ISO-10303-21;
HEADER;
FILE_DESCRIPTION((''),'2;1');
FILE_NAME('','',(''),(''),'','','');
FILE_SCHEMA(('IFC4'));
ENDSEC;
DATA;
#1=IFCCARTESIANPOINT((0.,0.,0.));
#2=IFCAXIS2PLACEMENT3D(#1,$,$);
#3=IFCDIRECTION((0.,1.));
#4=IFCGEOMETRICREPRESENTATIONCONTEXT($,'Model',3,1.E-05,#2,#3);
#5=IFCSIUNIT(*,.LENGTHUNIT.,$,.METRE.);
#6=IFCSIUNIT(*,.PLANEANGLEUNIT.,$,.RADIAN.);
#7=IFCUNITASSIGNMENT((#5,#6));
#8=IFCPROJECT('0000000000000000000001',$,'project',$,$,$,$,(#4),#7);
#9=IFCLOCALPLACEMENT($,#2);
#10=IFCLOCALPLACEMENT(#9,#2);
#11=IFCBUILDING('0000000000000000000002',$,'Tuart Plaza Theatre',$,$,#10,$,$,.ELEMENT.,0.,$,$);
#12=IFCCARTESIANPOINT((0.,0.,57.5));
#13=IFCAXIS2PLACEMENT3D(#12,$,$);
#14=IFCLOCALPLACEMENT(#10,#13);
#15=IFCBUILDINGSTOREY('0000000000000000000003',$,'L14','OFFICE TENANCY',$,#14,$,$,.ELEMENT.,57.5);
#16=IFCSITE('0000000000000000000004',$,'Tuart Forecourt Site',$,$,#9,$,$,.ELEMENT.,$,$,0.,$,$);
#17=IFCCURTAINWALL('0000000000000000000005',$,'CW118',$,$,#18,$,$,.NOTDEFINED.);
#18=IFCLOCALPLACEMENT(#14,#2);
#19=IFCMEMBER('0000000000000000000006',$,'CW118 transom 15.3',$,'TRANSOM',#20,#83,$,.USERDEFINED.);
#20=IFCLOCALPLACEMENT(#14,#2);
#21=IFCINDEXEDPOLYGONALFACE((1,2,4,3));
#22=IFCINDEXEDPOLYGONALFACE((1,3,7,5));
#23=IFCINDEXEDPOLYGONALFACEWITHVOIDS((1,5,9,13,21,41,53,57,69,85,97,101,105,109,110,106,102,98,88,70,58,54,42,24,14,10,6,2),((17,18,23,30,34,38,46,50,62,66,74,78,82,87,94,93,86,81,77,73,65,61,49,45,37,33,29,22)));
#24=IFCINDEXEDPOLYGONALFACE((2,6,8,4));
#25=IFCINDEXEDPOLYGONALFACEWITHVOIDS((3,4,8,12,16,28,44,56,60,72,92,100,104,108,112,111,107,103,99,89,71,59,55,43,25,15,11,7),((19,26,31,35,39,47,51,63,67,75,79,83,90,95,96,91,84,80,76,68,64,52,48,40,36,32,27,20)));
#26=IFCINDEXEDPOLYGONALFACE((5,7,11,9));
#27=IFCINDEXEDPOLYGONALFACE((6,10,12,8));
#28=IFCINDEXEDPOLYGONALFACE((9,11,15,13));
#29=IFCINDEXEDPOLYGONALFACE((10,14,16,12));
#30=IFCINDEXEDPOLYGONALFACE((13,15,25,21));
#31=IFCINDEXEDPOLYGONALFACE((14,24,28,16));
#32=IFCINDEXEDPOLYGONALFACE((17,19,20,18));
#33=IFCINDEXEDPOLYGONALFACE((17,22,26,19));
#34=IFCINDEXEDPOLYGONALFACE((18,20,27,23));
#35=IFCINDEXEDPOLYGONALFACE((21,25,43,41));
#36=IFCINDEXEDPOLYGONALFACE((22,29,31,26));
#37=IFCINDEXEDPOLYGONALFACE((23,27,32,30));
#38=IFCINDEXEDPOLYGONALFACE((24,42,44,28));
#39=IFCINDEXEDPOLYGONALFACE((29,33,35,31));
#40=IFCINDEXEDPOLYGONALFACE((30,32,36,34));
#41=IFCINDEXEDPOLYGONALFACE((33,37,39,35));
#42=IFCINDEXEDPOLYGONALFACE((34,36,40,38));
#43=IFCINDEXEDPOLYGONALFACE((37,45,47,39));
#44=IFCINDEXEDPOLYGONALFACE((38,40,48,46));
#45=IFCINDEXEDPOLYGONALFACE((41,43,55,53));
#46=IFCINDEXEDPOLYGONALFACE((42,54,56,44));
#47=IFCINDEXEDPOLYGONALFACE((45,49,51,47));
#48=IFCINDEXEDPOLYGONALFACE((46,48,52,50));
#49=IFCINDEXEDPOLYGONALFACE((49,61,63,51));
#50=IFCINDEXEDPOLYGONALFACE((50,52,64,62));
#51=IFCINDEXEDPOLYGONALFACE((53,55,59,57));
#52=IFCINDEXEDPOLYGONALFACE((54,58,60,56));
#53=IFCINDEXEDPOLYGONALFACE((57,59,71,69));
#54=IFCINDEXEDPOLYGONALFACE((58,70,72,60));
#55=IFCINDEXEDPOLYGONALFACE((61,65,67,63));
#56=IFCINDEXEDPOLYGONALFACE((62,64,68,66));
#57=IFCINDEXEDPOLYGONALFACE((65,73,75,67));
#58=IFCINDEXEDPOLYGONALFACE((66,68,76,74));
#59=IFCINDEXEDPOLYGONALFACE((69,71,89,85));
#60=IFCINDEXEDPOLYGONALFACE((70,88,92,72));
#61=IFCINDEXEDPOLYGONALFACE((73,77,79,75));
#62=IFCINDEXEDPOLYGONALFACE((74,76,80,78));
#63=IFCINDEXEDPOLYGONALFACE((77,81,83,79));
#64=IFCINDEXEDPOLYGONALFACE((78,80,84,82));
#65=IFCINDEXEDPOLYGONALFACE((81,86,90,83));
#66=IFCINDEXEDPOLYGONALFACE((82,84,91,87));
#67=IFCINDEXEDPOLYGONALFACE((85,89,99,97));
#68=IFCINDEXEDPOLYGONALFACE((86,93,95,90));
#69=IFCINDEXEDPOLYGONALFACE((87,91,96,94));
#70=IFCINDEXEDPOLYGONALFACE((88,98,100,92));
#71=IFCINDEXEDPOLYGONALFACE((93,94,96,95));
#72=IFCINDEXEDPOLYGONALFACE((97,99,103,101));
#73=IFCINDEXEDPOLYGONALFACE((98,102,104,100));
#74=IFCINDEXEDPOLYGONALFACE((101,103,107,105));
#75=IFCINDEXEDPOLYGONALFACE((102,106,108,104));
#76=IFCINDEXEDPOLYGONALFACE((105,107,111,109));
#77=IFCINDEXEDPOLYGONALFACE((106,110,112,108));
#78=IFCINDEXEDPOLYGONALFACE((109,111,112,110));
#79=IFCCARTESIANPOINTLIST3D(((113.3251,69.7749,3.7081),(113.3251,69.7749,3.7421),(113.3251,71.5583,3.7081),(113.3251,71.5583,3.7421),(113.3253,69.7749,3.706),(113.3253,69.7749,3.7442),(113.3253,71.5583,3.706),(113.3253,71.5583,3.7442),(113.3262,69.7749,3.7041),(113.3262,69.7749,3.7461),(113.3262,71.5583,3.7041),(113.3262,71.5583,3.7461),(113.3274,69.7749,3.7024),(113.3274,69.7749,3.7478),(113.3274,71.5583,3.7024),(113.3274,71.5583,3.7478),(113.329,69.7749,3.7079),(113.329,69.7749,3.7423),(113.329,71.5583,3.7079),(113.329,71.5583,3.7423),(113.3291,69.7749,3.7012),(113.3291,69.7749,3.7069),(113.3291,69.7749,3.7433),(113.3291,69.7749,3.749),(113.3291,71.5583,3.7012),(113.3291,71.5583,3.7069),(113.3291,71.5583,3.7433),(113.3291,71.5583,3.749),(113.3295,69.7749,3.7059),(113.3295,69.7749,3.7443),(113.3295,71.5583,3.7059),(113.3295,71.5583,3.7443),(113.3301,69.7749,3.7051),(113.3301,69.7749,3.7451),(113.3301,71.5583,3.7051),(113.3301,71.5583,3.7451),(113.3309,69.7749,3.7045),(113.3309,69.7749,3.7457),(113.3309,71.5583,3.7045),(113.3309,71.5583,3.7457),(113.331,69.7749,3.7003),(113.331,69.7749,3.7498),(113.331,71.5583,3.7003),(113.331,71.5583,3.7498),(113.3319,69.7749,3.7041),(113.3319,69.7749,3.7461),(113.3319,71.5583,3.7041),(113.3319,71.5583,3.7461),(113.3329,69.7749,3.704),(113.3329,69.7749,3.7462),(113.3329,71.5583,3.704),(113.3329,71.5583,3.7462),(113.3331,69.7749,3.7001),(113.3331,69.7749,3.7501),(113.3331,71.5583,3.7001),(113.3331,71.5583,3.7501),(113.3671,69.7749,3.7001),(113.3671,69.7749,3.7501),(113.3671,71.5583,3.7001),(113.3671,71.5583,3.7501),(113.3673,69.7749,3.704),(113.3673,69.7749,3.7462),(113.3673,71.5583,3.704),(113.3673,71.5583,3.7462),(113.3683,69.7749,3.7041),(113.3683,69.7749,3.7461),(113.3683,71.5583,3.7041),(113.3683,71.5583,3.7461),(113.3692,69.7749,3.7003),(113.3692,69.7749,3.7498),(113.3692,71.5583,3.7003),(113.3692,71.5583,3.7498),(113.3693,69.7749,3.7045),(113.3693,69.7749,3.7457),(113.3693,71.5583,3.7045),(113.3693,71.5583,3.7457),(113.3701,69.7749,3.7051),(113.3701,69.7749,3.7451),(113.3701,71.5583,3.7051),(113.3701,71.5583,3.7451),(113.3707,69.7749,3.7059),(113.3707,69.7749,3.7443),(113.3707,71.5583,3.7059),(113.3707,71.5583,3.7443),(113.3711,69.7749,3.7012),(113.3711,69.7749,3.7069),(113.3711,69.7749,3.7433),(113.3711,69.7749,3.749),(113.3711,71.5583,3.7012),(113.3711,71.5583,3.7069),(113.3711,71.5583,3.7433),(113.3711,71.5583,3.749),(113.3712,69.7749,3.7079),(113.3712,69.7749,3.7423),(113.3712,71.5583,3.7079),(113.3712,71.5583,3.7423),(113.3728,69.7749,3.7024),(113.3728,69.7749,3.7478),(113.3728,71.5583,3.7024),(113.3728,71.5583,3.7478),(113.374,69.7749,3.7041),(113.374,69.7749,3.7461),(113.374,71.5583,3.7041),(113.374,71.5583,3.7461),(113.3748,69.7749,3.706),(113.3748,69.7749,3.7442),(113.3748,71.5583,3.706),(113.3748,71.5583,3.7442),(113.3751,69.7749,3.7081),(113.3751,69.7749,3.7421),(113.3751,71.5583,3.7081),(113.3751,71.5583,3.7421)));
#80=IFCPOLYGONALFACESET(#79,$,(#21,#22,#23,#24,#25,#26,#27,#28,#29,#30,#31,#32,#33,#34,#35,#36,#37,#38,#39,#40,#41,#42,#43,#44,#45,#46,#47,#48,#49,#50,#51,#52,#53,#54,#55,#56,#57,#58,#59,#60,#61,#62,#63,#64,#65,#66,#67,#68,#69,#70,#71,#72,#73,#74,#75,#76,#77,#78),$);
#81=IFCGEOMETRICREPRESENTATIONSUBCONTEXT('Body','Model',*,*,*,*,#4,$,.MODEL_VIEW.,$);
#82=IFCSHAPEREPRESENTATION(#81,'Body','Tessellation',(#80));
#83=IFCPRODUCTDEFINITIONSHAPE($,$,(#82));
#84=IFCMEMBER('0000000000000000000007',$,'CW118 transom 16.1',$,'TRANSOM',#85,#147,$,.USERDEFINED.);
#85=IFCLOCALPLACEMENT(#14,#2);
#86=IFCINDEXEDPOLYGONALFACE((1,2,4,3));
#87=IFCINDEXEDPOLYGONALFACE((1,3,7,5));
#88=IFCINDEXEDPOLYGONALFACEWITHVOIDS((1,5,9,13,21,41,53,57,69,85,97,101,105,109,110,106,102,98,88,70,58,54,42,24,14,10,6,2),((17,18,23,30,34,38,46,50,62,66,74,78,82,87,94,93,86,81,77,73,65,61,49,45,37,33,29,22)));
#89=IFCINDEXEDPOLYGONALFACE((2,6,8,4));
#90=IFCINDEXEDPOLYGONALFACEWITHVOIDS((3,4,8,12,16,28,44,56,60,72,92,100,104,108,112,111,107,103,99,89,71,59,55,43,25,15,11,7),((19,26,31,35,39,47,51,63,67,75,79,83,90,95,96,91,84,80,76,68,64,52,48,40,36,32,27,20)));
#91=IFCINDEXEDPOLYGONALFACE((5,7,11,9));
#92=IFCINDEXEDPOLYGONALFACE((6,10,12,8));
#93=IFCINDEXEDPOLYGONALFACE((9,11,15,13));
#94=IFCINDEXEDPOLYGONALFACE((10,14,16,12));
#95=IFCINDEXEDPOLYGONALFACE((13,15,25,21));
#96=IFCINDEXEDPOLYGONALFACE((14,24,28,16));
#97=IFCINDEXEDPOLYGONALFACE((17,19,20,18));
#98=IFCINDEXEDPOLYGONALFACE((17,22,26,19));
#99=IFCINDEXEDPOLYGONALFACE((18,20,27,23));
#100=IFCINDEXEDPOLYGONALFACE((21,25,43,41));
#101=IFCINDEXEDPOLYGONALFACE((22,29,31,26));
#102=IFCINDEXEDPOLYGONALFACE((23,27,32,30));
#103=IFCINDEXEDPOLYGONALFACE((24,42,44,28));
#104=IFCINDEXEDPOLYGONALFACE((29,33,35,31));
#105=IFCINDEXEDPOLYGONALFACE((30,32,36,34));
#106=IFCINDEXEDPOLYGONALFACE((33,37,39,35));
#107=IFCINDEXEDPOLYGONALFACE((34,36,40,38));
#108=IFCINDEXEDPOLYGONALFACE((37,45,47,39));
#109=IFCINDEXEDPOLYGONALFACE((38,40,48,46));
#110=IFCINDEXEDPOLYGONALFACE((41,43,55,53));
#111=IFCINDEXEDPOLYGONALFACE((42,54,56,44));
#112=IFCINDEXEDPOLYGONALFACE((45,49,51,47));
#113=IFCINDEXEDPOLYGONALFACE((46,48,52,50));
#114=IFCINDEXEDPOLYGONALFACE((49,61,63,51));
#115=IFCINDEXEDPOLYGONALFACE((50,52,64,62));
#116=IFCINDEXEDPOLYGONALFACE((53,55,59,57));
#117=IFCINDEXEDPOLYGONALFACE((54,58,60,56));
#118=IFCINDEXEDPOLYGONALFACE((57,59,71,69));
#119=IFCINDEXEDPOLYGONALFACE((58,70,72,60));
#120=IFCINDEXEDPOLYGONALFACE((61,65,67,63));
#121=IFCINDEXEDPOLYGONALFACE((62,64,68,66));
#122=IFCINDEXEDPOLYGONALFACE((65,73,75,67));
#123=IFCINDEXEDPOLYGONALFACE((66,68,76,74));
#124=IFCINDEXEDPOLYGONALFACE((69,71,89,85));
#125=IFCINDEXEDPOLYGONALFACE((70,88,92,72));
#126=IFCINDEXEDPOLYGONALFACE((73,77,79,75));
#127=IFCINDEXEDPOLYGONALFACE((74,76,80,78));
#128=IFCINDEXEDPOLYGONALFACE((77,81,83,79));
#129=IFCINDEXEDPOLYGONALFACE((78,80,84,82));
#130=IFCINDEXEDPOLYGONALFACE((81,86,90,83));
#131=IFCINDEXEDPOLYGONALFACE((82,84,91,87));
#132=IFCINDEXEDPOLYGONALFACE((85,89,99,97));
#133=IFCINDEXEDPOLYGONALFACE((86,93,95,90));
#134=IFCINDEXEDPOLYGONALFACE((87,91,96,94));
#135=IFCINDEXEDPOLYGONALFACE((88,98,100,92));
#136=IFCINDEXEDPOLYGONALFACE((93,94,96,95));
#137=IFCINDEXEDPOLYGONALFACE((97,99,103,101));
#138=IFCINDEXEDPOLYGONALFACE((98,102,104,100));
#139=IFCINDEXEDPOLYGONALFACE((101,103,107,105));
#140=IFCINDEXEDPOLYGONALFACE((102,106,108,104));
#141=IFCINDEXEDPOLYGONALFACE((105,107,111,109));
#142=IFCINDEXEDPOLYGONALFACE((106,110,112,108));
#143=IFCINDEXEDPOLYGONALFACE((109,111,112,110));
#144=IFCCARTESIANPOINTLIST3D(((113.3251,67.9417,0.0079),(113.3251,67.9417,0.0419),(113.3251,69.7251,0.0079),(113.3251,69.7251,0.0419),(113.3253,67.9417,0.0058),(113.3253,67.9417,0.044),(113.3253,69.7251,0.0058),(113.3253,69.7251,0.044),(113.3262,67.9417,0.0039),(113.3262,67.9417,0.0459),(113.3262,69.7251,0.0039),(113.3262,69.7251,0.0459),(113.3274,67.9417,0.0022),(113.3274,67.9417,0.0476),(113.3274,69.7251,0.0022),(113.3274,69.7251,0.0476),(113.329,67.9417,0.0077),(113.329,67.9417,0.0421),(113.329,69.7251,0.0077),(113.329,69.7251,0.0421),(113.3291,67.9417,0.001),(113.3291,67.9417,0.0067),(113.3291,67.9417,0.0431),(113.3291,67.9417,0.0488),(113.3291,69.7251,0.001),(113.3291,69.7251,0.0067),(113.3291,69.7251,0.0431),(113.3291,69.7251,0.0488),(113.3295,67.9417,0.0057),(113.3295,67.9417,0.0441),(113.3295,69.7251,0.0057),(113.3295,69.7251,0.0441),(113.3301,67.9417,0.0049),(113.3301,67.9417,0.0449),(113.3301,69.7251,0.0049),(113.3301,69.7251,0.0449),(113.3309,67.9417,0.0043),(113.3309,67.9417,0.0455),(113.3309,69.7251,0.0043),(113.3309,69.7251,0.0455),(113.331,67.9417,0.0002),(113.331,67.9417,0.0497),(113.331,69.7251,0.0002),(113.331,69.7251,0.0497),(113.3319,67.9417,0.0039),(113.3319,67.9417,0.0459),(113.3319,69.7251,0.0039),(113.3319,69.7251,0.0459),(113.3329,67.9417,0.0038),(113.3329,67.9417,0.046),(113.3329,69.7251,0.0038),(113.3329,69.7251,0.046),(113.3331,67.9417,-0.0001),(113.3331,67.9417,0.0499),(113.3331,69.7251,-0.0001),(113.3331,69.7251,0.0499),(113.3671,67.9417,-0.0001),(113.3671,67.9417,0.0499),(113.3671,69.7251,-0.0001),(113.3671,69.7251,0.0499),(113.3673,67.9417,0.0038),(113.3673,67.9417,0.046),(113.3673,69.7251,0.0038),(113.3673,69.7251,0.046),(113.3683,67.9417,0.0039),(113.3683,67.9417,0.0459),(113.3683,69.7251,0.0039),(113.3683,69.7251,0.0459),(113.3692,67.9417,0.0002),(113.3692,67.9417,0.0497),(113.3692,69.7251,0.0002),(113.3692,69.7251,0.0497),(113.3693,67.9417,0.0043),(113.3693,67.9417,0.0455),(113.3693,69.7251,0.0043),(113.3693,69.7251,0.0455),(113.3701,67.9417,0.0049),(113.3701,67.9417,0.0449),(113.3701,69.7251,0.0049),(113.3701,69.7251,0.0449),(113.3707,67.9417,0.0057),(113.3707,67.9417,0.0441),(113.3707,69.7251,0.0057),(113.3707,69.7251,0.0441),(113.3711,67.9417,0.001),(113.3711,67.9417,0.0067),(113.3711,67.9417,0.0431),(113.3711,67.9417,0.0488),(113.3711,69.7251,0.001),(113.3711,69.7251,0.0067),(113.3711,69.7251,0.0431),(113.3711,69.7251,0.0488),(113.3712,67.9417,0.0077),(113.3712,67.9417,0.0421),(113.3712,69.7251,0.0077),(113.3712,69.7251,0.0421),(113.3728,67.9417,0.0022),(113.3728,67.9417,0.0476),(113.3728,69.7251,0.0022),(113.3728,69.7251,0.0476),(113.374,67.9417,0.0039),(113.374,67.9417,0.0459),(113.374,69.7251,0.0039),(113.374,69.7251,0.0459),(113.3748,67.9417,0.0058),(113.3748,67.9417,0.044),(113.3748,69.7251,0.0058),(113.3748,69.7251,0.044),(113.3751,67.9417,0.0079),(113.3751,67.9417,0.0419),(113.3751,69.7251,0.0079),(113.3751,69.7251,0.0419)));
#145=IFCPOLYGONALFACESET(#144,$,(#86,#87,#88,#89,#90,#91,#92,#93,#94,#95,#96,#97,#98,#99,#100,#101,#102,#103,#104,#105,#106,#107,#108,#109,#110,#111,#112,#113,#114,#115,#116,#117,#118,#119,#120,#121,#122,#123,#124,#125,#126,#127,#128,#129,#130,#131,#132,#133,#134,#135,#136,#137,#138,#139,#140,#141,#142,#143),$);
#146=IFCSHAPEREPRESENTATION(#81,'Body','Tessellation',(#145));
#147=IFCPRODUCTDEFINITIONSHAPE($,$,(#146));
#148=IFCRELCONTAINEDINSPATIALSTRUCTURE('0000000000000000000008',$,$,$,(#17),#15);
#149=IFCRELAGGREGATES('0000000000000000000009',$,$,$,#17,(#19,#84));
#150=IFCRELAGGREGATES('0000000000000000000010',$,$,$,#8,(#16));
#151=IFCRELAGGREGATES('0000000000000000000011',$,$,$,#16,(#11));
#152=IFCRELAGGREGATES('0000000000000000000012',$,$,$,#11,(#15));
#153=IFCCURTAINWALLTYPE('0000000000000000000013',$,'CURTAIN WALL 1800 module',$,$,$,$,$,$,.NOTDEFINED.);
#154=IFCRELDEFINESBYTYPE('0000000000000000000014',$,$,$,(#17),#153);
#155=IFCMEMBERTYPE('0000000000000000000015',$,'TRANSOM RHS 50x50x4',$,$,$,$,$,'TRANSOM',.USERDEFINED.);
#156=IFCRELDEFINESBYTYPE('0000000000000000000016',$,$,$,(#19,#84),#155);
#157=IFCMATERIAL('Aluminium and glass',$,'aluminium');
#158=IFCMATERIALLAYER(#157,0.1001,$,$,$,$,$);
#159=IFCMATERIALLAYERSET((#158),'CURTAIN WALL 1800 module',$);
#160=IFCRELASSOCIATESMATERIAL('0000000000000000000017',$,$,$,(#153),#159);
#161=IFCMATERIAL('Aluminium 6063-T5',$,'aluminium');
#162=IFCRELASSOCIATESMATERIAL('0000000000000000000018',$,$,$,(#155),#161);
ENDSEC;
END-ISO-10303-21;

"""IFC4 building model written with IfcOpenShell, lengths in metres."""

from ifc_helpers import new_model, si_unit, direction, frame, origin, origin_2d, place, context, subcontext, project, spatial, hollow_rectangle, extrude, material, layer, layer_set, material_profile, profile_set, type_object, element, aggregate, save


model = new_model("IFC4")

# Units and contexts
model_context = context("Model", 3, precision=1e-05, world=origin(), true_north=direction((0.0, 1.0)))
body_context = subcontext(model_context, "Body", "Model", "MODEL_VIEW")
ifc_project = project(units=[si_unit("LENGTHUNIT", "METRE"), si_unit("PLANEANGLEUNIT", "RADIAN")], contexts=[model_context])

# Site, building, storey
site_placement = place(None, origin())
site = spatial("IfcSite", under=ifc_project, at=site_placement, Name="Tuart Forecourt Site", CompositionType="ELEMENT", RefElevation=0.0)
building_placement = place(site_placement, origin())
building = spatial("IfcBuilding", under=site, at=building_placement, Name="Tuart Plaza Theatre", CompositionType="ELEMENT", ElevationOfRefHeight=0.0)
storey_placement = place(building_placement, frame((0.0, 0.0, 57.5)))
storey = spatial("IfcBuildingStorey", under=building, at=storey_placement, Name="L14", Description="OFFICE TENANCY", CompositionType="ELEMENT", Elevation=57.5)

# Curtain wall, members
ifc_material_1 = material(Name="Aluminium and glass", Category="aluminium")
ifc_layer_1 = layer(ifc_material_1, 0.1001)
ifc_layer_set_1 = layer_set([ifc_layer_1], Name="CURTAIN WALL 1800 module")
curtain_wall_type = type_object("IfcCurtainWallType", Name="CURTAIN WALL 1800 module", PredefinedType="NOTDEFINED", material=ifc_layer_set_1)
curtain_wall_placement = place(storey_placement, origin())
curtain_wall = element("IfcCurtainWall", 1, at=curtain_wall_placement, inside=storey, type_object=curtain_wall_type, Name="CW118", PredefinedType="NOTDEFINED")
ifc_material_2 = material(Name="Aluminium 6063-T5", Category="aluminium")
ifc_material_profile = material_profile(ifc_material_2, hollow_rectangle(XDim=0.05, YDim=0.05, WallThickness=0.0039, InnerFilletRadius=0.0039, OuterFilletRadius=0.0081, at=origin_2d()), Name="RHS 50x50x4")
ifc_profile_set = profile_set([ifc_material_profile], Name="Aluminium 6063-T5")
member_type = type_object("IfcMemberType", Name="TRANSOM RHS 50x50x4", ElementType="TRANSOM", PredefinedType="USERDEFINED", material=ifc_profile_set)
member_1_placement = place(storey_placement, frame((113.3501, 71.5583, 3.7251), z_axis=(0.0, -1.0, 0.0), x_axis=(1.0, 0.0, 0.0)))
member_1 = element("IfcMember", 2, at=member_1_placement, type_object=member_type, Name="CW118 transom 15.3", ObjectType="TRANSOM", PredefinedType="USERDEFINED", context=body_context, shape_type="SweptSolid", body=[
    extrude(hollow_rectangle(XDim=0.05, YDim=0.05, WallThickness=0.0039, InnerFilletRadius=0.0039, OuterFilletRadius=0.0081, at=origin_2d()), origin(), (0.0, 0.0, 1.0), 1.7834),
])
member_2_placement = place(storey_placement, frame((113.3501, 69.7251, 0.0249), z_axis=(0.0, -1.0, 0.0), x_axis=(1.0, 0.0, 0.0)))
member_2 = element("IfcMember", 3, at=member_2_placement, type_object=member_type, Name="CW118 transom 16.1", ObjectType="TRANSOM", PredefinedType="USERDEFINED", context=body_context, shape_type="SweptSolid", body=[
    extrude(hollow_rectangle(XDim=0.05, YDim=0.05, WallThickness=0.0039, InnerFilletRadius=0.0039, OuterFilletRadius=0.0081, at=origin_2d()), origin(), (0.0, 0.0, 1.0), 1.7834),
])
aggregate(curtain_wall, [member_1, member_2])

save(model, "model.ifc")
